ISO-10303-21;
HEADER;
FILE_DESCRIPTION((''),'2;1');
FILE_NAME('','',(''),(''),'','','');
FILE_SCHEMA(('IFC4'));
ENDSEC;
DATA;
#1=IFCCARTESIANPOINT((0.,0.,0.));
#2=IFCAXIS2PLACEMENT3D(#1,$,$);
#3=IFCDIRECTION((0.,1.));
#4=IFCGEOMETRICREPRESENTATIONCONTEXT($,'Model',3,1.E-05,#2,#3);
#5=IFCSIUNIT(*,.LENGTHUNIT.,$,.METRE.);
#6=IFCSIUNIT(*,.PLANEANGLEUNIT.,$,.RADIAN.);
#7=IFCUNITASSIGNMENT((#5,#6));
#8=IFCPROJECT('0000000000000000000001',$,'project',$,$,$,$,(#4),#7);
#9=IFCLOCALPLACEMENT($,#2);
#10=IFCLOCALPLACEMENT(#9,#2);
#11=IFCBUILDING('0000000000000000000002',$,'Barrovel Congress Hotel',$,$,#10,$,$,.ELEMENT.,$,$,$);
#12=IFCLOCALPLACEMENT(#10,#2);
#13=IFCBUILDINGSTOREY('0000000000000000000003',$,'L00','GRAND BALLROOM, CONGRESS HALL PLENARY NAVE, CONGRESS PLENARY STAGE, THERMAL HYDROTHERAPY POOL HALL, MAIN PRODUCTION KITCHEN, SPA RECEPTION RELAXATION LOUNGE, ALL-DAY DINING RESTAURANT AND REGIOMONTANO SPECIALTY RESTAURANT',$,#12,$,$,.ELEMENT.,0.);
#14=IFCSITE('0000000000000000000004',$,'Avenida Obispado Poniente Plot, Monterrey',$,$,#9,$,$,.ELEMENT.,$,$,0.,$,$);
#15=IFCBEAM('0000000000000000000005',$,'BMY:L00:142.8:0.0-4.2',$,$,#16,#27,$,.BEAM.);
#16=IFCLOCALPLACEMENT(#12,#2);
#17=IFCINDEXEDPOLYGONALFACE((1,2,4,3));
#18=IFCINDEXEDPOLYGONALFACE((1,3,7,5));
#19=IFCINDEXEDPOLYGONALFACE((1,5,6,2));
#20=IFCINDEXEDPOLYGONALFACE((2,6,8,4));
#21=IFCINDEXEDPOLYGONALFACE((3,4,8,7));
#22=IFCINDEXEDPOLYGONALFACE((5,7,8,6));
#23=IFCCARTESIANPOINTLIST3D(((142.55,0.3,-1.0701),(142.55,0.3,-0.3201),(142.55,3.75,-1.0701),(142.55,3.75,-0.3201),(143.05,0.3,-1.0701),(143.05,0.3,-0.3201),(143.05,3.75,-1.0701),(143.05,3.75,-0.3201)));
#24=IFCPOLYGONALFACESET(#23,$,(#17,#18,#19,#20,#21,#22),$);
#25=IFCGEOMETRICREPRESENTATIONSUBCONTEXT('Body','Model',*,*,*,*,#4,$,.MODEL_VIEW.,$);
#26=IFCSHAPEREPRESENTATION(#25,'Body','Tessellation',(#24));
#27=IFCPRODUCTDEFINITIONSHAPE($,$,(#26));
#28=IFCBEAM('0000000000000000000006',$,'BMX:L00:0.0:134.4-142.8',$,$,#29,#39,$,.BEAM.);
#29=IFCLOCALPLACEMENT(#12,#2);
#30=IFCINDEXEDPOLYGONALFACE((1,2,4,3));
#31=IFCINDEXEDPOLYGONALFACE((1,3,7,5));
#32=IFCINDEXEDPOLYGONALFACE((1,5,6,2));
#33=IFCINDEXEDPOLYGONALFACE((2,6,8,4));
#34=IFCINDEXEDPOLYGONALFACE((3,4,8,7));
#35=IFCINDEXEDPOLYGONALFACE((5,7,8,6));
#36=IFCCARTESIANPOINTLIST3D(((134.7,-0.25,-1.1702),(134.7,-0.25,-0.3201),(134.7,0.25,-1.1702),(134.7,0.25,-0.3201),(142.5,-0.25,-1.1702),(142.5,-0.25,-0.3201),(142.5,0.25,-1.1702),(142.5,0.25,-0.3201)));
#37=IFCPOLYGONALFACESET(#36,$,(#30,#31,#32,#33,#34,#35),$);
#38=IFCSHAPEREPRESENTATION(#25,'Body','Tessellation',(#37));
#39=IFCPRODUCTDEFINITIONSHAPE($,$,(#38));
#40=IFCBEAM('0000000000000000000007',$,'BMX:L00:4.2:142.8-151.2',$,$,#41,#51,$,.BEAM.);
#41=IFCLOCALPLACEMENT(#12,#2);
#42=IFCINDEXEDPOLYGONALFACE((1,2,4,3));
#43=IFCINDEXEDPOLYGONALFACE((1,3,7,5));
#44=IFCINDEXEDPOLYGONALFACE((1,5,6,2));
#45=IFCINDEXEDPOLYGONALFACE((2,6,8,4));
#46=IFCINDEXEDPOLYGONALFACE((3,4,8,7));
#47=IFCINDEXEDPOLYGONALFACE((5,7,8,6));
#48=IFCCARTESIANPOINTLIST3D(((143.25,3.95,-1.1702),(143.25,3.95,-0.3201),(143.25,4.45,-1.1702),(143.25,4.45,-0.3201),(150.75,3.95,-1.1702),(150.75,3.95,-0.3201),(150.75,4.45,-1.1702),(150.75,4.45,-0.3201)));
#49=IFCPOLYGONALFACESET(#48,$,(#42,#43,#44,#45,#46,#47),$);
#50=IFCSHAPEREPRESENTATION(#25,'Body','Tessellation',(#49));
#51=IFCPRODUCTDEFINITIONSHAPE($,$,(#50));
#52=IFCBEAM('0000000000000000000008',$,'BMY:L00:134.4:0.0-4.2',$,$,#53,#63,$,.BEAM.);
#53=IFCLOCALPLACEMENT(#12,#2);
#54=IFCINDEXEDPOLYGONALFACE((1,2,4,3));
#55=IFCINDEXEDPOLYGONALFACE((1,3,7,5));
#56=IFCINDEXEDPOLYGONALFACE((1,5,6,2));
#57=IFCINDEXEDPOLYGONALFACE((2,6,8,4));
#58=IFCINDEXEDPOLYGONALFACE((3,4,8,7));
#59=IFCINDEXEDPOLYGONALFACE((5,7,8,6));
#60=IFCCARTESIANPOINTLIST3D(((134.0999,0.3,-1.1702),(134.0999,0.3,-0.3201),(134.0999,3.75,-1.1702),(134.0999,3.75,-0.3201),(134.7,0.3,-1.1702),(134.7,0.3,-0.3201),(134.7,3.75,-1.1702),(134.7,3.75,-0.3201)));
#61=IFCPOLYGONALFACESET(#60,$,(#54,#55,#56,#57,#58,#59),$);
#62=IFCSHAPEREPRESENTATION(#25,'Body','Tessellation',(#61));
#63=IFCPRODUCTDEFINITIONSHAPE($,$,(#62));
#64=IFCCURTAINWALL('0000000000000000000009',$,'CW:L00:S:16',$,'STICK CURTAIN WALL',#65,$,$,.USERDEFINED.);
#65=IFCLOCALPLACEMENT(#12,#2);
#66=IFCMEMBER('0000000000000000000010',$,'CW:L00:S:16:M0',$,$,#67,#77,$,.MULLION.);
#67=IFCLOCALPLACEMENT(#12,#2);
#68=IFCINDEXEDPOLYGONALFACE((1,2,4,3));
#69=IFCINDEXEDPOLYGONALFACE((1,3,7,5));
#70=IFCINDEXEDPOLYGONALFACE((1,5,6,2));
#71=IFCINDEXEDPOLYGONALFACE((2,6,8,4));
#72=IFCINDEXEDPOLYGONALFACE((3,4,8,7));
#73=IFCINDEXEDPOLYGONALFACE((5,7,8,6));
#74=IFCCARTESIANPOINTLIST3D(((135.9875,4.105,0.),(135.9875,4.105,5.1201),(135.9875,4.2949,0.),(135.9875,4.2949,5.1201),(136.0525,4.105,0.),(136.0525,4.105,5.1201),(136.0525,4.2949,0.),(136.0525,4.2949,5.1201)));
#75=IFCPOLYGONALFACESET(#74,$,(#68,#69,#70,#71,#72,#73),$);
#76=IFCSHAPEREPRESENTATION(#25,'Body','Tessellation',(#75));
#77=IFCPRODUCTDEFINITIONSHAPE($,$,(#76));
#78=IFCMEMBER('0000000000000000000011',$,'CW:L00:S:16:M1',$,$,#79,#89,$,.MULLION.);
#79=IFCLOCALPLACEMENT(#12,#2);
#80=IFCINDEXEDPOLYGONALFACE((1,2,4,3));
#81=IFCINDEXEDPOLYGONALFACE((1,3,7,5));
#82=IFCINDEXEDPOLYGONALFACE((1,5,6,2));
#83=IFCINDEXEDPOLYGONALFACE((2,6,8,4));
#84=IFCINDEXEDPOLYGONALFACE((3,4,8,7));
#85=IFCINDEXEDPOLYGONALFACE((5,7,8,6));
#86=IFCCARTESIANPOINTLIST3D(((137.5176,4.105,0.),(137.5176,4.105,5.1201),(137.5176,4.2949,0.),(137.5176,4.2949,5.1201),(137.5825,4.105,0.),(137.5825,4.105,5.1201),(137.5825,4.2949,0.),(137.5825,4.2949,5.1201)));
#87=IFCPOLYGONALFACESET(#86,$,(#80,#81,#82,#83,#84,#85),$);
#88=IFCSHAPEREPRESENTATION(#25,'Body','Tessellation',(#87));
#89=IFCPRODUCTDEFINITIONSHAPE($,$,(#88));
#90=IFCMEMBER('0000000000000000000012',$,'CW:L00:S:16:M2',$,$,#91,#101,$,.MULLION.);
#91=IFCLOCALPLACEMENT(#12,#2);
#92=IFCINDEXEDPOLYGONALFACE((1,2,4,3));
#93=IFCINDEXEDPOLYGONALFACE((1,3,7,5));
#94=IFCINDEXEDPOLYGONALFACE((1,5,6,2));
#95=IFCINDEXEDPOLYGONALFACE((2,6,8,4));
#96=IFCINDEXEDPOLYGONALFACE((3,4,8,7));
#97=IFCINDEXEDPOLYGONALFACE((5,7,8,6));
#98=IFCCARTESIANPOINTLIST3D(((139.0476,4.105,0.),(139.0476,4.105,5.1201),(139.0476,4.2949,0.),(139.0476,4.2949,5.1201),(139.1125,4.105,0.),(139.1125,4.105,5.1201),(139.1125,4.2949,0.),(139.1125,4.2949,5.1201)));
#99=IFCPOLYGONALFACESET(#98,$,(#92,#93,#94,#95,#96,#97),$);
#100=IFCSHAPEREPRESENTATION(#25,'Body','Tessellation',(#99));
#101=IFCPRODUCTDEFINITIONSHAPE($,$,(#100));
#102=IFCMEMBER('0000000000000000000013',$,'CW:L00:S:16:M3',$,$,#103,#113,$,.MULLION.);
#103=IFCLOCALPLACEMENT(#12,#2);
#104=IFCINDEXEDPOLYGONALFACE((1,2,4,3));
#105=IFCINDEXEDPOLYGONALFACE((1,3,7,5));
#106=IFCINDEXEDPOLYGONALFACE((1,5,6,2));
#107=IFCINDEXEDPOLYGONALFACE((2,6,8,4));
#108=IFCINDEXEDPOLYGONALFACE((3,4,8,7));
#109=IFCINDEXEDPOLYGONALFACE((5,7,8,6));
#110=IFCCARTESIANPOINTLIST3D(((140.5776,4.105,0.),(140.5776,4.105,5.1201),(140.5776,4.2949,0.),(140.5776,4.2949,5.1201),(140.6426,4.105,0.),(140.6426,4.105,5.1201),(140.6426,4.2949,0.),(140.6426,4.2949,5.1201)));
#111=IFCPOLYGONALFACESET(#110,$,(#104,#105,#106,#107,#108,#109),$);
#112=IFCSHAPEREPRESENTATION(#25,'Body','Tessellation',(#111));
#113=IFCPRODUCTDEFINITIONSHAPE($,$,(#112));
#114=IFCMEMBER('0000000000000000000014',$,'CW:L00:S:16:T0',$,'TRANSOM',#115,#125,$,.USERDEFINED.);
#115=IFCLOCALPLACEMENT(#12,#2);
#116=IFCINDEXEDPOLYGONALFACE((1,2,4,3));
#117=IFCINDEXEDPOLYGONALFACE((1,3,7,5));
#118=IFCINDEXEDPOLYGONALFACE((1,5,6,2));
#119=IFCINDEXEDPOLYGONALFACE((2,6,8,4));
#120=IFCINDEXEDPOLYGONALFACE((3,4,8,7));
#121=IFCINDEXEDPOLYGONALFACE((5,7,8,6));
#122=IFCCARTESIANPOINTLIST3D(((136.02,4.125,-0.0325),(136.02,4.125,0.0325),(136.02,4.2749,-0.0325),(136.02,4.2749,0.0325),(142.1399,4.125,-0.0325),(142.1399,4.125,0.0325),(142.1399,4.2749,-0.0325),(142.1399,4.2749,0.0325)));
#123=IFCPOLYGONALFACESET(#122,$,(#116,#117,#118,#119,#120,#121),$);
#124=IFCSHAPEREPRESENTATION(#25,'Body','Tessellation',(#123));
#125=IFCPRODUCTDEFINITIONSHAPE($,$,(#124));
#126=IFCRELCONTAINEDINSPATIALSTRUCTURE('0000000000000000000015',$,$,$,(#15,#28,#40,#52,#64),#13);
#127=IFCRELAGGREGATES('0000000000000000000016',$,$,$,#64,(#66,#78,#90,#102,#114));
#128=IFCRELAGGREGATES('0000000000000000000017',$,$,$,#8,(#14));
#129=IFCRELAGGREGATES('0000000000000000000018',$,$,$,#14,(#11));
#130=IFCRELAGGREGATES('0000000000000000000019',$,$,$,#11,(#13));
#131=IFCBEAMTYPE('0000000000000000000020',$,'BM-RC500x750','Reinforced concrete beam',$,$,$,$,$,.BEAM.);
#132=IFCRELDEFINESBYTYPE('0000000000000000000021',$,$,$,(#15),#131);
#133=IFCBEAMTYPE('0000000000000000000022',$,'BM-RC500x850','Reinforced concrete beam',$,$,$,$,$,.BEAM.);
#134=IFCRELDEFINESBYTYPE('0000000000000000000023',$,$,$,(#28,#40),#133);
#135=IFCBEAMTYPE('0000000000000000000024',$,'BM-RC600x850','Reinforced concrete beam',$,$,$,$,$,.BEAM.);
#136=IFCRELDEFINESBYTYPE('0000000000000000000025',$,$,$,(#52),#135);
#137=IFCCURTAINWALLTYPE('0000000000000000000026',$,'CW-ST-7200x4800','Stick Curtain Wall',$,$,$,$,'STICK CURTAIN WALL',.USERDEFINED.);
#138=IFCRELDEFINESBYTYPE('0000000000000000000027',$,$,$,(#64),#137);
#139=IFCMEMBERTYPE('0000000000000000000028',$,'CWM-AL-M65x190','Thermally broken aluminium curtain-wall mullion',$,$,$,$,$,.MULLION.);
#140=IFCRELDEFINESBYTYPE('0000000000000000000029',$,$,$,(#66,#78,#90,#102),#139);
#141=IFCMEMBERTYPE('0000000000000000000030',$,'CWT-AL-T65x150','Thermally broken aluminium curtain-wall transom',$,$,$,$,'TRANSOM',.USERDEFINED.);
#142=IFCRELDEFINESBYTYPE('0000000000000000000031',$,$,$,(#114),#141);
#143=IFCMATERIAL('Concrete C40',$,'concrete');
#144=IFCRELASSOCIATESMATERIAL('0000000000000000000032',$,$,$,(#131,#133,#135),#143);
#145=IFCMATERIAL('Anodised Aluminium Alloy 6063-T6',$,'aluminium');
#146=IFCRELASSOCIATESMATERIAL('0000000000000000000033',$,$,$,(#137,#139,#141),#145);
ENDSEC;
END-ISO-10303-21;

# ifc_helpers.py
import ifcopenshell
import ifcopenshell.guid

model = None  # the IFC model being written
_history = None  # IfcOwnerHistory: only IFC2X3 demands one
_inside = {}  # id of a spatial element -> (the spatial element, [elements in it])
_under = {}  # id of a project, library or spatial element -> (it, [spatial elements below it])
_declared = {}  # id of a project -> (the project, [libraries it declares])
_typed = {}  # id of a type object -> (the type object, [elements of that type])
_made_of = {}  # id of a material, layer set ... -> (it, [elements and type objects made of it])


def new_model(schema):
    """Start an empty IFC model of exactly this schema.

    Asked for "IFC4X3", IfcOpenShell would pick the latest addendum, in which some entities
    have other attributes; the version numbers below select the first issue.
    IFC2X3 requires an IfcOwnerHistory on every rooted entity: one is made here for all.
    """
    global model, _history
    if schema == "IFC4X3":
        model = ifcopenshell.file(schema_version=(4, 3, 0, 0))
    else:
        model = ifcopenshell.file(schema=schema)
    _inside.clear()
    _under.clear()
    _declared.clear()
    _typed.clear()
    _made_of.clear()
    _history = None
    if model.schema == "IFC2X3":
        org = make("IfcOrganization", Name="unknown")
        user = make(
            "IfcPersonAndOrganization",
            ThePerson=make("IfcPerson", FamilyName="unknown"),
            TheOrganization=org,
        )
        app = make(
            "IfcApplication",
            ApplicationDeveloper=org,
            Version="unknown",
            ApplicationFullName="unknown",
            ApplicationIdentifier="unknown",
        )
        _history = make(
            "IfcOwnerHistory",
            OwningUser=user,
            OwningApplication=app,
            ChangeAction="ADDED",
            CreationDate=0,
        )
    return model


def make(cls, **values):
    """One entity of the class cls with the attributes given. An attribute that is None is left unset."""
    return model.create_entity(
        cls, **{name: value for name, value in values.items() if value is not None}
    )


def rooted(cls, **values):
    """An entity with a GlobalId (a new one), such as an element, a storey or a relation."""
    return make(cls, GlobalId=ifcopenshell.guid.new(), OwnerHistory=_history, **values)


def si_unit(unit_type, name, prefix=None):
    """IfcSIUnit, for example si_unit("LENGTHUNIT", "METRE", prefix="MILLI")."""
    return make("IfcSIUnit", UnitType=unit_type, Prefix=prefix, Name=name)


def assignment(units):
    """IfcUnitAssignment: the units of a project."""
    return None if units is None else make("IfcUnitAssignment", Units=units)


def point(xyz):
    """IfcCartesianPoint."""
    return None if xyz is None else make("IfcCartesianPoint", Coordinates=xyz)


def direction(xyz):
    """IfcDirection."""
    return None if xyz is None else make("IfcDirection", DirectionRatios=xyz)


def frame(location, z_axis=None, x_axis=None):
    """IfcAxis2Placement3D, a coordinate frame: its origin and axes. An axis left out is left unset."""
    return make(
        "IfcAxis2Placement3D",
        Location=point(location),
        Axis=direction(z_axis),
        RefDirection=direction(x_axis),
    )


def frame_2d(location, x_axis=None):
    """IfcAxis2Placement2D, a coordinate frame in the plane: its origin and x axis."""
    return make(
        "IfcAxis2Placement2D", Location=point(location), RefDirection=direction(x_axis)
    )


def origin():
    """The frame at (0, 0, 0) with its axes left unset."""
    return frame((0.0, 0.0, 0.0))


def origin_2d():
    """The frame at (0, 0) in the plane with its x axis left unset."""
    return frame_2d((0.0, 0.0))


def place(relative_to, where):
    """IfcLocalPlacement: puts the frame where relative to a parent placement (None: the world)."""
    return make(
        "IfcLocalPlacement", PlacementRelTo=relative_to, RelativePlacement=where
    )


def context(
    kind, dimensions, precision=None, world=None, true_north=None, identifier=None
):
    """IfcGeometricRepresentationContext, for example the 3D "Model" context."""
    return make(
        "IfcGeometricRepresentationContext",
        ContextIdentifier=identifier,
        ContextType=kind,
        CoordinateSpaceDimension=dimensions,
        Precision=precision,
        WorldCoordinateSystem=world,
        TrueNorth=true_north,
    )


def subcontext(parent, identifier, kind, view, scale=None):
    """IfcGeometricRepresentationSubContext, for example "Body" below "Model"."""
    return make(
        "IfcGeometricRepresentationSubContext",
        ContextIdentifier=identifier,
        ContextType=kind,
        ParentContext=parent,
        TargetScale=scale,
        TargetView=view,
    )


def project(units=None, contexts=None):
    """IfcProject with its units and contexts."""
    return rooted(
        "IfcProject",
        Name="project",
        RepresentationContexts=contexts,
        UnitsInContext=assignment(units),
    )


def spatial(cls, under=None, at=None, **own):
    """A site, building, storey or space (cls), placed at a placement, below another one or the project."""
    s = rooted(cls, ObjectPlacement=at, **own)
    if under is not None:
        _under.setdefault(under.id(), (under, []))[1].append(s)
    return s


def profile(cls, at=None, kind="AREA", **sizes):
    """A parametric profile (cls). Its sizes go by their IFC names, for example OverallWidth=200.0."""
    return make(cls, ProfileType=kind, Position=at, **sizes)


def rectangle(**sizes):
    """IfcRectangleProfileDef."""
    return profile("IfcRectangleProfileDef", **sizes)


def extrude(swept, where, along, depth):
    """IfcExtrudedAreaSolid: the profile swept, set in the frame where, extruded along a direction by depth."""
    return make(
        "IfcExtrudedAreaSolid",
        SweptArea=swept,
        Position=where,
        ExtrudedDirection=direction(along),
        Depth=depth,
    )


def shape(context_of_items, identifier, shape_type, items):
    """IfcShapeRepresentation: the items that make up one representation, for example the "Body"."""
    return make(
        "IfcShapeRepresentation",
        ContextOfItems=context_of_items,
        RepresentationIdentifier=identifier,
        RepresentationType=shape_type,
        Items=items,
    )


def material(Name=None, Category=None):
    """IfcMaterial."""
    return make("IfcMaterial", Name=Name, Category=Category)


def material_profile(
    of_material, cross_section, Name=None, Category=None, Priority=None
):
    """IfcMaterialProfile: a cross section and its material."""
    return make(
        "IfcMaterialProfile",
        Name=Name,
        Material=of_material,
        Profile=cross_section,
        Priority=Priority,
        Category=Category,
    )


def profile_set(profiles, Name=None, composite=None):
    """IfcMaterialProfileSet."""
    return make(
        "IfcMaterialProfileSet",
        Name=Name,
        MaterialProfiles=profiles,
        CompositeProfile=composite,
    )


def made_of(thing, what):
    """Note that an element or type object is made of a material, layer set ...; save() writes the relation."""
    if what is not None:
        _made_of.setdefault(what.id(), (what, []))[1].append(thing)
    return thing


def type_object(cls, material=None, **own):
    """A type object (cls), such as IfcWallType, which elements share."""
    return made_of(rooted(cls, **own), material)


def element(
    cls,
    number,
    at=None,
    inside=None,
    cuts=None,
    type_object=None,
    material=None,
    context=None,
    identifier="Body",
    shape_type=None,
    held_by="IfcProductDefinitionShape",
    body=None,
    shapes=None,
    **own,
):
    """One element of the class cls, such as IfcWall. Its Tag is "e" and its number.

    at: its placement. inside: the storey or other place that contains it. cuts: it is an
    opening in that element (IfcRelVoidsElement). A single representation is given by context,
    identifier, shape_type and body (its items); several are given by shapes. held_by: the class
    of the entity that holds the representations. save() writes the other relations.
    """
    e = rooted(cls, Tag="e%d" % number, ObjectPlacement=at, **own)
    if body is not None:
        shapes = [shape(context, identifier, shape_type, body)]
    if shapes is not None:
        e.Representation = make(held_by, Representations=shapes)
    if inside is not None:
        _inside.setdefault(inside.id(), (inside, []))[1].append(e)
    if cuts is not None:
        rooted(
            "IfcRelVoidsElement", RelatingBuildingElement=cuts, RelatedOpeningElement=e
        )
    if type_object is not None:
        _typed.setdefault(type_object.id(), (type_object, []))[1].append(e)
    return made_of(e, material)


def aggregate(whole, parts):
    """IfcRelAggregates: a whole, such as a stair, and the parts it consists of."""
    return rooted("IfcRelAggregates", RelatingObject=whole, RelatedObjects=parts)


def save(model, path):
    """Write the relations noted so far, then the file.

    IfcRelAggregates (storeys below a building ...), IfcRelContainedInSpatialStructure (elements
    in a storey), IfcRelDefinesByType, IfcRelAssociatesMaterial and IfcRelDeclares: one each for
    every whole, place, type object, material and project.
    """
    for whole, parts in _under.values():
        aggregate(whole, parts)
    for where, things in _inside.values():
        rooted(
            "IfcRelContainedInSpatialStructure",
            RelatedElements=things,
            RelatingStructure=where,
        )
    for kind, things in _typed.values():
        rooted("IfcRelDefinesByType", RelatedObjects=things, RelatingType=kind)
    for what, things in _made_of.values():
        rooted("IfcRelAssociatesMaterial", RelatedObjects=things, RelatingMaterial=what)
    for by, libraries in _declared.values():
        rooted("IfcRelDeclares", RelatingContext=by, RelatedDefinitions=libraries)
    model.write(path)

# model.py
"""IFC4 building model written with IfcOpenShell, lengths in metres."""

from ifc_helpers import new_model, si_unit, direction, frame, origin, origin_2d, place, context, subcontext, project, spatial, rectangle, extrude, material, material_profile, profile_set, type_object, element, aggregate, save


model = new_model("IFC4")

# Units and contexts
model_context = context("Model", 3, precision=1e-05, world=origin(), true_north=direction((0.0, 1.0)))
body_context = subcontext(model_context, "Body", "Model", "MODEL_VIEW")
ifc_project = project(units=[si_unit("LENGTHUNIT", "METRE"), si_unit("PLANEANGLEUNIT", "RADIAN")], contexts=[model_context])

# Site, building, storey
site_placement = place(None, origin())
site = spatial("IfcSite", under=ifc_project, at=site_placement, Name="Avenida Obispado Poniente Plot, Monterrey", CompositionType="ELEMENT", RefElevation=0.0)
building_placement = place(site_placement, origin())
building = spatial("IfcBuilding", under=site, at=building_placement, Name="Barrovel Congress Hotel", CompositionType="ELEMENT")
storey_placement = place(building_placement, origin())
storey = spatial("IfcBuildingStorey", under=building, at=storey_placement, Name="L00", Description="GRAND BALLROOM, CONGRESS HALL PLENARY NAVE, CONGRESS PLENARY STAGE, THERMAL HYDROTHERAPY POOL HALL, MAIN PRODUCTION KITCHEN, SPA RECEPTION RELAXATION LOUNGE, ALL-DAY DINING RESTAURANT AND REGIOMONTANO SPECIALTY RESTAURANT", CompositionType="ELEMENT", Elevation=0.0)

# Shared definitions
ifc_material_1 = material(Name="Concrete C40", Category="concrete")

# Beams
ifc_material_profile_1 = material_profile(ifc_material_1, rectangle(XDim=0.5, YDim=0.75, at=origin_2d()), Name="RC500x750")
ifc_profile_set_1 = profile_set([ifc_material_profile_1], Name="Concrete C40")
beam_type_1 = type_object("IfcBeamType", Name="BM-RC500x750", Description="Reinforced concrete beam", PredefinedType="BEAM", material=ifc_profile_set_1)
beam_1_placement = place(storey_placement, frame((142.8, 0.3, -0.6951), z_axis=(0.0, 1.0, 0.0), x_axis=(-1.0, 0.0, 0.0)))
element("IfcBeam", 1, at=beam_1_placement, inside=storey, type_object=beam_type_1, Name="BMY:L00:142.8:0.0-4.2", PredefinedType="BEAM", context=body_context, shape_type="SweptSolid", body=[
    extrude(rectangle(XDim=0.5, YDim=0.75, at=origin_2d()), origin(), (0.0, 0.0, 1.0), 3.45),
])
ifc_material_profile_2 = material_profile(ifc_material_1, rectangle(XDim=0.5, YDim=0.8501, at=origin_2d()), Name="RC500x850")
ifc_profile_set_2 = profile_set([ifc_material_profile_2], Name="Concrete C40")
beam_type_2 = type_object("IfcBeamType", Name="BM-RC500x850", Description="Reinforced concrete beam", PredefinedType="BEAM", material=ifc_profile_set_2)
beam_2_placement = place(storey_placement, frame((134.7, 0.0, -0.7451), z_axis=(1.0, 0.0, 0.0), x_axis=(0.0, 1.0, 0.0)))
element("IfcBeam", 2, at=beam_2_placement, inside=storey, type_object=beam_type_2, Name="BMX:L00:0.0:134.4-142.8", PredefinedType="BEAM", context=body_context, shape_type="SweptSolid", body=[
    extrude(rectangle(XDim=0.5, YDim=0.8501, at=origin_2d()), origin(), (0.0, 0.0, 1.0), 7.8),
])
beam_3_placement = place(storey_placement, frame((143.25, 4.2, -0.7451), z_axis=(1.0, 0.0, 0.0), x_axis=(0.0, 1.0, 0.0)))
element("IfcBeam", 3, at=beam_3_placement, inside=storey, type_object=beam_type_2, Name="BMX:L00:4.2:142.8-151.2", PredefinedType="BEAM", context=body_context, shape_type="SweptSolid", body=[
    extrude(rectangle(XDim=0.5, YDim=0.8501, at=origin_2d()), origin(), (0.0, 0.0, 1.0), 7.5),
])
ifc_material_profile_3 = material_profile(ifc_material_1, rectangle(XDim=0.6001, YDim=0.8501, at=origin_2d()), Name="RC600x850")
ifc_profile_set_3 = profile_set([ifc_material_profile_3], Name="Concrete C40")
beam_type_3 = type_object("IfcBeamType", Name="BM-RC600x850", Description="Reinforced concrete beam", PredefinedType="BEAM", material=ifc_profile_set_3)
beam_4_placement = place(storey_placement, frame((134.3999, 0.3, -0.7451), z_axis=(0.0, 1.0, 0.0), x_axis=(-1.0, 0.0, 0.0)))
element("IfcBeam", 4, at=beam_4_placement, inside=storey, type_object=beam_type_3, Name="BMY:L00:134.4:0.0-4.2", PredefinedType="BEAM", context=body_context, shape_type="SweptSolid", body=[
    extrude(rectangle(XDim=0.6001, YDim=0.8501, at=origin_2d()), origin(), (0.0, 0.0, 1.0), 3.45),
])

# Curtain wall, members
ifc_material_2 = material(Name="Anodised Aluminium Alloy 6063-T6", Category="aluminium")
curtain_wall_type = type_object("IfcCurtainWallType", Name="CW-ST-7200x4800", Description="Stick Curtain Wall", ElementType="STICK CURTAIN WALL", PredefinedType="USERDEFINED", material=ifc_material_2)
curtain_wall_placement = place(storey_placement, origin())
curtain_wall = element("IfcCurtainWall", 5, at=curtain_wall_placement, inside=storey, type_object=curtain_wall_type, Name="CW:L00:S:16", ObjectType="STICK CURTAIN WALL", PredefinedType="USERDEFINED")
ifc_material_profile_4 = material_profile(ifc_material_2, rectangle(XDim=0.0649, YDim=0.1899, at=origin_2d()), Name="AL-M65x190")
ifc_profile_set_4 = profile_set([ifc_material_profile_4], Name="Anodised Aluminium Alloy 6063-T6")
member_type_1 = type_object("IfcMemberType", Name="CWM-AL-M65x190", Description="Thermally broken aluminium curtain-wall mullion", PredefinedType="MULLION", material=ifc_profile_set_4)
member_1_placement = place(storey_placement, frame((136.02, 4.2, 0.0), z_axis=(0.0, 0.0, 1.0), x_axis=(1.0, 0.0, 0.0)))
member_1 = element("IfcMember", 6, at=member_1_placement, type_object=member_type_1, Name="CW:L00:S:16:M0", PredefinedType="MULLION", context=body_context, shape_type="SweptSolid", body=[
    extrude(rectangle(XDim=0.0649, YDim=0.1899, at=origin_2d()), origin(), (0.0, 0.0, 1.0), 5.1201),
])
member_2_placement = place(storey_placement, frame((137.55, 4.2, 0.0), z_axis=(0.0, 0.0, 1.0), x_axis=(1.0, 0.0, 0.0)))
member_2 = element("IfcMember", 7, at=member_2_placement, type_object=member_type_1, Name="CW:L00:S:16:M1", PredefinedType="MULLION", context=body_context, shape_type="SweptSolid", body=[
    extrude(rectangle(XDim=0.0649, YDim=0.1899, at=origin_2d()), origin(), (0.0, 0.0, 1.0), 5.1201),
])
member_3_placement = place(storey_placement, frame((139.0801, 4.2, 0.0), z_axis=(0.0, 0.0, 1.0), x_axis=(1.0, 0.0, 0.0)))
member_3 = element("IfcMember", 8, at=member_3_placement, type_object=member_type_1, Name="CW:L00:S:16:M2", PredefinedType="MULLION", context=body_context, shape_type="SweptSolid", body=[
    extrude(rectangle(XDim=0.0649, YDim=0.1899, at=origin_2d()), origin(), (0.0, 0.0, 1.0), 5.1201),
])
member_4_placement = place(storey_placement, frame((140.6101, 4.2, 0.0), z_axis=(0.0, 0.0, 1.0), x_axis=(1.0, 0.0, 0.0)))
member_4 = element("IfcMember", 9, at=member_4_placement, type_object=member_type_1, Name="CW:L00:S:16:M3", PredefinedType="MULLION", context=body_context, shape_type="SweptSolid", body=[
    extrude(rectangle(XDim=0.0649, YDim=0.1899, at=origin_2d()), origin(), (0.0, 0.0, 1.0), 5.1201),
])
ifc_material_profile_5 = material_profile(ifc_material_2, rectangle(XDim=0.1499, YDim=0.0649, at=origin_2d()), Name="AL-T65x150")
ifc_profile_set_5 = profile_set([ifc_material_profile_5], Name="Anodised Aluminium Alloy 6063-T6")
member_type_2 = type_object("IfcMemberType", Name="CWT-AL-T65x150", Description="Thermally broken aluminium curtain-wall transom", ElementType="TRANSOM", PredefinedType="USERDEFINED", material=ifc_profile_set_5)
member_5_placement = place(storey_placement, frame((136.02, 4.2, 0.0), z_axis=(1.0, 0.0, 0.0), x_axis=(0.0, 1.0, 0.0)))
member_5 = element("IfcMember", 10, at=member_5_placement, type_object=member_type_2, Name="CW:L00:S:16:T0", ObjectType="TRANSOM", PredefinedType="USERDEFINED", context=body_context, shape_type="SweptSolid", body=[
    extrude(rectangle(XDim=0.1499, YDim=0.0649, at=origin_2d()), origin(), (0.0, 0.0, 1.0), 6.1199),
])
aggregate(curtain_wall, [member_1, member_2, member_3, member_4, member_5])

save(model, "model.ifc")
